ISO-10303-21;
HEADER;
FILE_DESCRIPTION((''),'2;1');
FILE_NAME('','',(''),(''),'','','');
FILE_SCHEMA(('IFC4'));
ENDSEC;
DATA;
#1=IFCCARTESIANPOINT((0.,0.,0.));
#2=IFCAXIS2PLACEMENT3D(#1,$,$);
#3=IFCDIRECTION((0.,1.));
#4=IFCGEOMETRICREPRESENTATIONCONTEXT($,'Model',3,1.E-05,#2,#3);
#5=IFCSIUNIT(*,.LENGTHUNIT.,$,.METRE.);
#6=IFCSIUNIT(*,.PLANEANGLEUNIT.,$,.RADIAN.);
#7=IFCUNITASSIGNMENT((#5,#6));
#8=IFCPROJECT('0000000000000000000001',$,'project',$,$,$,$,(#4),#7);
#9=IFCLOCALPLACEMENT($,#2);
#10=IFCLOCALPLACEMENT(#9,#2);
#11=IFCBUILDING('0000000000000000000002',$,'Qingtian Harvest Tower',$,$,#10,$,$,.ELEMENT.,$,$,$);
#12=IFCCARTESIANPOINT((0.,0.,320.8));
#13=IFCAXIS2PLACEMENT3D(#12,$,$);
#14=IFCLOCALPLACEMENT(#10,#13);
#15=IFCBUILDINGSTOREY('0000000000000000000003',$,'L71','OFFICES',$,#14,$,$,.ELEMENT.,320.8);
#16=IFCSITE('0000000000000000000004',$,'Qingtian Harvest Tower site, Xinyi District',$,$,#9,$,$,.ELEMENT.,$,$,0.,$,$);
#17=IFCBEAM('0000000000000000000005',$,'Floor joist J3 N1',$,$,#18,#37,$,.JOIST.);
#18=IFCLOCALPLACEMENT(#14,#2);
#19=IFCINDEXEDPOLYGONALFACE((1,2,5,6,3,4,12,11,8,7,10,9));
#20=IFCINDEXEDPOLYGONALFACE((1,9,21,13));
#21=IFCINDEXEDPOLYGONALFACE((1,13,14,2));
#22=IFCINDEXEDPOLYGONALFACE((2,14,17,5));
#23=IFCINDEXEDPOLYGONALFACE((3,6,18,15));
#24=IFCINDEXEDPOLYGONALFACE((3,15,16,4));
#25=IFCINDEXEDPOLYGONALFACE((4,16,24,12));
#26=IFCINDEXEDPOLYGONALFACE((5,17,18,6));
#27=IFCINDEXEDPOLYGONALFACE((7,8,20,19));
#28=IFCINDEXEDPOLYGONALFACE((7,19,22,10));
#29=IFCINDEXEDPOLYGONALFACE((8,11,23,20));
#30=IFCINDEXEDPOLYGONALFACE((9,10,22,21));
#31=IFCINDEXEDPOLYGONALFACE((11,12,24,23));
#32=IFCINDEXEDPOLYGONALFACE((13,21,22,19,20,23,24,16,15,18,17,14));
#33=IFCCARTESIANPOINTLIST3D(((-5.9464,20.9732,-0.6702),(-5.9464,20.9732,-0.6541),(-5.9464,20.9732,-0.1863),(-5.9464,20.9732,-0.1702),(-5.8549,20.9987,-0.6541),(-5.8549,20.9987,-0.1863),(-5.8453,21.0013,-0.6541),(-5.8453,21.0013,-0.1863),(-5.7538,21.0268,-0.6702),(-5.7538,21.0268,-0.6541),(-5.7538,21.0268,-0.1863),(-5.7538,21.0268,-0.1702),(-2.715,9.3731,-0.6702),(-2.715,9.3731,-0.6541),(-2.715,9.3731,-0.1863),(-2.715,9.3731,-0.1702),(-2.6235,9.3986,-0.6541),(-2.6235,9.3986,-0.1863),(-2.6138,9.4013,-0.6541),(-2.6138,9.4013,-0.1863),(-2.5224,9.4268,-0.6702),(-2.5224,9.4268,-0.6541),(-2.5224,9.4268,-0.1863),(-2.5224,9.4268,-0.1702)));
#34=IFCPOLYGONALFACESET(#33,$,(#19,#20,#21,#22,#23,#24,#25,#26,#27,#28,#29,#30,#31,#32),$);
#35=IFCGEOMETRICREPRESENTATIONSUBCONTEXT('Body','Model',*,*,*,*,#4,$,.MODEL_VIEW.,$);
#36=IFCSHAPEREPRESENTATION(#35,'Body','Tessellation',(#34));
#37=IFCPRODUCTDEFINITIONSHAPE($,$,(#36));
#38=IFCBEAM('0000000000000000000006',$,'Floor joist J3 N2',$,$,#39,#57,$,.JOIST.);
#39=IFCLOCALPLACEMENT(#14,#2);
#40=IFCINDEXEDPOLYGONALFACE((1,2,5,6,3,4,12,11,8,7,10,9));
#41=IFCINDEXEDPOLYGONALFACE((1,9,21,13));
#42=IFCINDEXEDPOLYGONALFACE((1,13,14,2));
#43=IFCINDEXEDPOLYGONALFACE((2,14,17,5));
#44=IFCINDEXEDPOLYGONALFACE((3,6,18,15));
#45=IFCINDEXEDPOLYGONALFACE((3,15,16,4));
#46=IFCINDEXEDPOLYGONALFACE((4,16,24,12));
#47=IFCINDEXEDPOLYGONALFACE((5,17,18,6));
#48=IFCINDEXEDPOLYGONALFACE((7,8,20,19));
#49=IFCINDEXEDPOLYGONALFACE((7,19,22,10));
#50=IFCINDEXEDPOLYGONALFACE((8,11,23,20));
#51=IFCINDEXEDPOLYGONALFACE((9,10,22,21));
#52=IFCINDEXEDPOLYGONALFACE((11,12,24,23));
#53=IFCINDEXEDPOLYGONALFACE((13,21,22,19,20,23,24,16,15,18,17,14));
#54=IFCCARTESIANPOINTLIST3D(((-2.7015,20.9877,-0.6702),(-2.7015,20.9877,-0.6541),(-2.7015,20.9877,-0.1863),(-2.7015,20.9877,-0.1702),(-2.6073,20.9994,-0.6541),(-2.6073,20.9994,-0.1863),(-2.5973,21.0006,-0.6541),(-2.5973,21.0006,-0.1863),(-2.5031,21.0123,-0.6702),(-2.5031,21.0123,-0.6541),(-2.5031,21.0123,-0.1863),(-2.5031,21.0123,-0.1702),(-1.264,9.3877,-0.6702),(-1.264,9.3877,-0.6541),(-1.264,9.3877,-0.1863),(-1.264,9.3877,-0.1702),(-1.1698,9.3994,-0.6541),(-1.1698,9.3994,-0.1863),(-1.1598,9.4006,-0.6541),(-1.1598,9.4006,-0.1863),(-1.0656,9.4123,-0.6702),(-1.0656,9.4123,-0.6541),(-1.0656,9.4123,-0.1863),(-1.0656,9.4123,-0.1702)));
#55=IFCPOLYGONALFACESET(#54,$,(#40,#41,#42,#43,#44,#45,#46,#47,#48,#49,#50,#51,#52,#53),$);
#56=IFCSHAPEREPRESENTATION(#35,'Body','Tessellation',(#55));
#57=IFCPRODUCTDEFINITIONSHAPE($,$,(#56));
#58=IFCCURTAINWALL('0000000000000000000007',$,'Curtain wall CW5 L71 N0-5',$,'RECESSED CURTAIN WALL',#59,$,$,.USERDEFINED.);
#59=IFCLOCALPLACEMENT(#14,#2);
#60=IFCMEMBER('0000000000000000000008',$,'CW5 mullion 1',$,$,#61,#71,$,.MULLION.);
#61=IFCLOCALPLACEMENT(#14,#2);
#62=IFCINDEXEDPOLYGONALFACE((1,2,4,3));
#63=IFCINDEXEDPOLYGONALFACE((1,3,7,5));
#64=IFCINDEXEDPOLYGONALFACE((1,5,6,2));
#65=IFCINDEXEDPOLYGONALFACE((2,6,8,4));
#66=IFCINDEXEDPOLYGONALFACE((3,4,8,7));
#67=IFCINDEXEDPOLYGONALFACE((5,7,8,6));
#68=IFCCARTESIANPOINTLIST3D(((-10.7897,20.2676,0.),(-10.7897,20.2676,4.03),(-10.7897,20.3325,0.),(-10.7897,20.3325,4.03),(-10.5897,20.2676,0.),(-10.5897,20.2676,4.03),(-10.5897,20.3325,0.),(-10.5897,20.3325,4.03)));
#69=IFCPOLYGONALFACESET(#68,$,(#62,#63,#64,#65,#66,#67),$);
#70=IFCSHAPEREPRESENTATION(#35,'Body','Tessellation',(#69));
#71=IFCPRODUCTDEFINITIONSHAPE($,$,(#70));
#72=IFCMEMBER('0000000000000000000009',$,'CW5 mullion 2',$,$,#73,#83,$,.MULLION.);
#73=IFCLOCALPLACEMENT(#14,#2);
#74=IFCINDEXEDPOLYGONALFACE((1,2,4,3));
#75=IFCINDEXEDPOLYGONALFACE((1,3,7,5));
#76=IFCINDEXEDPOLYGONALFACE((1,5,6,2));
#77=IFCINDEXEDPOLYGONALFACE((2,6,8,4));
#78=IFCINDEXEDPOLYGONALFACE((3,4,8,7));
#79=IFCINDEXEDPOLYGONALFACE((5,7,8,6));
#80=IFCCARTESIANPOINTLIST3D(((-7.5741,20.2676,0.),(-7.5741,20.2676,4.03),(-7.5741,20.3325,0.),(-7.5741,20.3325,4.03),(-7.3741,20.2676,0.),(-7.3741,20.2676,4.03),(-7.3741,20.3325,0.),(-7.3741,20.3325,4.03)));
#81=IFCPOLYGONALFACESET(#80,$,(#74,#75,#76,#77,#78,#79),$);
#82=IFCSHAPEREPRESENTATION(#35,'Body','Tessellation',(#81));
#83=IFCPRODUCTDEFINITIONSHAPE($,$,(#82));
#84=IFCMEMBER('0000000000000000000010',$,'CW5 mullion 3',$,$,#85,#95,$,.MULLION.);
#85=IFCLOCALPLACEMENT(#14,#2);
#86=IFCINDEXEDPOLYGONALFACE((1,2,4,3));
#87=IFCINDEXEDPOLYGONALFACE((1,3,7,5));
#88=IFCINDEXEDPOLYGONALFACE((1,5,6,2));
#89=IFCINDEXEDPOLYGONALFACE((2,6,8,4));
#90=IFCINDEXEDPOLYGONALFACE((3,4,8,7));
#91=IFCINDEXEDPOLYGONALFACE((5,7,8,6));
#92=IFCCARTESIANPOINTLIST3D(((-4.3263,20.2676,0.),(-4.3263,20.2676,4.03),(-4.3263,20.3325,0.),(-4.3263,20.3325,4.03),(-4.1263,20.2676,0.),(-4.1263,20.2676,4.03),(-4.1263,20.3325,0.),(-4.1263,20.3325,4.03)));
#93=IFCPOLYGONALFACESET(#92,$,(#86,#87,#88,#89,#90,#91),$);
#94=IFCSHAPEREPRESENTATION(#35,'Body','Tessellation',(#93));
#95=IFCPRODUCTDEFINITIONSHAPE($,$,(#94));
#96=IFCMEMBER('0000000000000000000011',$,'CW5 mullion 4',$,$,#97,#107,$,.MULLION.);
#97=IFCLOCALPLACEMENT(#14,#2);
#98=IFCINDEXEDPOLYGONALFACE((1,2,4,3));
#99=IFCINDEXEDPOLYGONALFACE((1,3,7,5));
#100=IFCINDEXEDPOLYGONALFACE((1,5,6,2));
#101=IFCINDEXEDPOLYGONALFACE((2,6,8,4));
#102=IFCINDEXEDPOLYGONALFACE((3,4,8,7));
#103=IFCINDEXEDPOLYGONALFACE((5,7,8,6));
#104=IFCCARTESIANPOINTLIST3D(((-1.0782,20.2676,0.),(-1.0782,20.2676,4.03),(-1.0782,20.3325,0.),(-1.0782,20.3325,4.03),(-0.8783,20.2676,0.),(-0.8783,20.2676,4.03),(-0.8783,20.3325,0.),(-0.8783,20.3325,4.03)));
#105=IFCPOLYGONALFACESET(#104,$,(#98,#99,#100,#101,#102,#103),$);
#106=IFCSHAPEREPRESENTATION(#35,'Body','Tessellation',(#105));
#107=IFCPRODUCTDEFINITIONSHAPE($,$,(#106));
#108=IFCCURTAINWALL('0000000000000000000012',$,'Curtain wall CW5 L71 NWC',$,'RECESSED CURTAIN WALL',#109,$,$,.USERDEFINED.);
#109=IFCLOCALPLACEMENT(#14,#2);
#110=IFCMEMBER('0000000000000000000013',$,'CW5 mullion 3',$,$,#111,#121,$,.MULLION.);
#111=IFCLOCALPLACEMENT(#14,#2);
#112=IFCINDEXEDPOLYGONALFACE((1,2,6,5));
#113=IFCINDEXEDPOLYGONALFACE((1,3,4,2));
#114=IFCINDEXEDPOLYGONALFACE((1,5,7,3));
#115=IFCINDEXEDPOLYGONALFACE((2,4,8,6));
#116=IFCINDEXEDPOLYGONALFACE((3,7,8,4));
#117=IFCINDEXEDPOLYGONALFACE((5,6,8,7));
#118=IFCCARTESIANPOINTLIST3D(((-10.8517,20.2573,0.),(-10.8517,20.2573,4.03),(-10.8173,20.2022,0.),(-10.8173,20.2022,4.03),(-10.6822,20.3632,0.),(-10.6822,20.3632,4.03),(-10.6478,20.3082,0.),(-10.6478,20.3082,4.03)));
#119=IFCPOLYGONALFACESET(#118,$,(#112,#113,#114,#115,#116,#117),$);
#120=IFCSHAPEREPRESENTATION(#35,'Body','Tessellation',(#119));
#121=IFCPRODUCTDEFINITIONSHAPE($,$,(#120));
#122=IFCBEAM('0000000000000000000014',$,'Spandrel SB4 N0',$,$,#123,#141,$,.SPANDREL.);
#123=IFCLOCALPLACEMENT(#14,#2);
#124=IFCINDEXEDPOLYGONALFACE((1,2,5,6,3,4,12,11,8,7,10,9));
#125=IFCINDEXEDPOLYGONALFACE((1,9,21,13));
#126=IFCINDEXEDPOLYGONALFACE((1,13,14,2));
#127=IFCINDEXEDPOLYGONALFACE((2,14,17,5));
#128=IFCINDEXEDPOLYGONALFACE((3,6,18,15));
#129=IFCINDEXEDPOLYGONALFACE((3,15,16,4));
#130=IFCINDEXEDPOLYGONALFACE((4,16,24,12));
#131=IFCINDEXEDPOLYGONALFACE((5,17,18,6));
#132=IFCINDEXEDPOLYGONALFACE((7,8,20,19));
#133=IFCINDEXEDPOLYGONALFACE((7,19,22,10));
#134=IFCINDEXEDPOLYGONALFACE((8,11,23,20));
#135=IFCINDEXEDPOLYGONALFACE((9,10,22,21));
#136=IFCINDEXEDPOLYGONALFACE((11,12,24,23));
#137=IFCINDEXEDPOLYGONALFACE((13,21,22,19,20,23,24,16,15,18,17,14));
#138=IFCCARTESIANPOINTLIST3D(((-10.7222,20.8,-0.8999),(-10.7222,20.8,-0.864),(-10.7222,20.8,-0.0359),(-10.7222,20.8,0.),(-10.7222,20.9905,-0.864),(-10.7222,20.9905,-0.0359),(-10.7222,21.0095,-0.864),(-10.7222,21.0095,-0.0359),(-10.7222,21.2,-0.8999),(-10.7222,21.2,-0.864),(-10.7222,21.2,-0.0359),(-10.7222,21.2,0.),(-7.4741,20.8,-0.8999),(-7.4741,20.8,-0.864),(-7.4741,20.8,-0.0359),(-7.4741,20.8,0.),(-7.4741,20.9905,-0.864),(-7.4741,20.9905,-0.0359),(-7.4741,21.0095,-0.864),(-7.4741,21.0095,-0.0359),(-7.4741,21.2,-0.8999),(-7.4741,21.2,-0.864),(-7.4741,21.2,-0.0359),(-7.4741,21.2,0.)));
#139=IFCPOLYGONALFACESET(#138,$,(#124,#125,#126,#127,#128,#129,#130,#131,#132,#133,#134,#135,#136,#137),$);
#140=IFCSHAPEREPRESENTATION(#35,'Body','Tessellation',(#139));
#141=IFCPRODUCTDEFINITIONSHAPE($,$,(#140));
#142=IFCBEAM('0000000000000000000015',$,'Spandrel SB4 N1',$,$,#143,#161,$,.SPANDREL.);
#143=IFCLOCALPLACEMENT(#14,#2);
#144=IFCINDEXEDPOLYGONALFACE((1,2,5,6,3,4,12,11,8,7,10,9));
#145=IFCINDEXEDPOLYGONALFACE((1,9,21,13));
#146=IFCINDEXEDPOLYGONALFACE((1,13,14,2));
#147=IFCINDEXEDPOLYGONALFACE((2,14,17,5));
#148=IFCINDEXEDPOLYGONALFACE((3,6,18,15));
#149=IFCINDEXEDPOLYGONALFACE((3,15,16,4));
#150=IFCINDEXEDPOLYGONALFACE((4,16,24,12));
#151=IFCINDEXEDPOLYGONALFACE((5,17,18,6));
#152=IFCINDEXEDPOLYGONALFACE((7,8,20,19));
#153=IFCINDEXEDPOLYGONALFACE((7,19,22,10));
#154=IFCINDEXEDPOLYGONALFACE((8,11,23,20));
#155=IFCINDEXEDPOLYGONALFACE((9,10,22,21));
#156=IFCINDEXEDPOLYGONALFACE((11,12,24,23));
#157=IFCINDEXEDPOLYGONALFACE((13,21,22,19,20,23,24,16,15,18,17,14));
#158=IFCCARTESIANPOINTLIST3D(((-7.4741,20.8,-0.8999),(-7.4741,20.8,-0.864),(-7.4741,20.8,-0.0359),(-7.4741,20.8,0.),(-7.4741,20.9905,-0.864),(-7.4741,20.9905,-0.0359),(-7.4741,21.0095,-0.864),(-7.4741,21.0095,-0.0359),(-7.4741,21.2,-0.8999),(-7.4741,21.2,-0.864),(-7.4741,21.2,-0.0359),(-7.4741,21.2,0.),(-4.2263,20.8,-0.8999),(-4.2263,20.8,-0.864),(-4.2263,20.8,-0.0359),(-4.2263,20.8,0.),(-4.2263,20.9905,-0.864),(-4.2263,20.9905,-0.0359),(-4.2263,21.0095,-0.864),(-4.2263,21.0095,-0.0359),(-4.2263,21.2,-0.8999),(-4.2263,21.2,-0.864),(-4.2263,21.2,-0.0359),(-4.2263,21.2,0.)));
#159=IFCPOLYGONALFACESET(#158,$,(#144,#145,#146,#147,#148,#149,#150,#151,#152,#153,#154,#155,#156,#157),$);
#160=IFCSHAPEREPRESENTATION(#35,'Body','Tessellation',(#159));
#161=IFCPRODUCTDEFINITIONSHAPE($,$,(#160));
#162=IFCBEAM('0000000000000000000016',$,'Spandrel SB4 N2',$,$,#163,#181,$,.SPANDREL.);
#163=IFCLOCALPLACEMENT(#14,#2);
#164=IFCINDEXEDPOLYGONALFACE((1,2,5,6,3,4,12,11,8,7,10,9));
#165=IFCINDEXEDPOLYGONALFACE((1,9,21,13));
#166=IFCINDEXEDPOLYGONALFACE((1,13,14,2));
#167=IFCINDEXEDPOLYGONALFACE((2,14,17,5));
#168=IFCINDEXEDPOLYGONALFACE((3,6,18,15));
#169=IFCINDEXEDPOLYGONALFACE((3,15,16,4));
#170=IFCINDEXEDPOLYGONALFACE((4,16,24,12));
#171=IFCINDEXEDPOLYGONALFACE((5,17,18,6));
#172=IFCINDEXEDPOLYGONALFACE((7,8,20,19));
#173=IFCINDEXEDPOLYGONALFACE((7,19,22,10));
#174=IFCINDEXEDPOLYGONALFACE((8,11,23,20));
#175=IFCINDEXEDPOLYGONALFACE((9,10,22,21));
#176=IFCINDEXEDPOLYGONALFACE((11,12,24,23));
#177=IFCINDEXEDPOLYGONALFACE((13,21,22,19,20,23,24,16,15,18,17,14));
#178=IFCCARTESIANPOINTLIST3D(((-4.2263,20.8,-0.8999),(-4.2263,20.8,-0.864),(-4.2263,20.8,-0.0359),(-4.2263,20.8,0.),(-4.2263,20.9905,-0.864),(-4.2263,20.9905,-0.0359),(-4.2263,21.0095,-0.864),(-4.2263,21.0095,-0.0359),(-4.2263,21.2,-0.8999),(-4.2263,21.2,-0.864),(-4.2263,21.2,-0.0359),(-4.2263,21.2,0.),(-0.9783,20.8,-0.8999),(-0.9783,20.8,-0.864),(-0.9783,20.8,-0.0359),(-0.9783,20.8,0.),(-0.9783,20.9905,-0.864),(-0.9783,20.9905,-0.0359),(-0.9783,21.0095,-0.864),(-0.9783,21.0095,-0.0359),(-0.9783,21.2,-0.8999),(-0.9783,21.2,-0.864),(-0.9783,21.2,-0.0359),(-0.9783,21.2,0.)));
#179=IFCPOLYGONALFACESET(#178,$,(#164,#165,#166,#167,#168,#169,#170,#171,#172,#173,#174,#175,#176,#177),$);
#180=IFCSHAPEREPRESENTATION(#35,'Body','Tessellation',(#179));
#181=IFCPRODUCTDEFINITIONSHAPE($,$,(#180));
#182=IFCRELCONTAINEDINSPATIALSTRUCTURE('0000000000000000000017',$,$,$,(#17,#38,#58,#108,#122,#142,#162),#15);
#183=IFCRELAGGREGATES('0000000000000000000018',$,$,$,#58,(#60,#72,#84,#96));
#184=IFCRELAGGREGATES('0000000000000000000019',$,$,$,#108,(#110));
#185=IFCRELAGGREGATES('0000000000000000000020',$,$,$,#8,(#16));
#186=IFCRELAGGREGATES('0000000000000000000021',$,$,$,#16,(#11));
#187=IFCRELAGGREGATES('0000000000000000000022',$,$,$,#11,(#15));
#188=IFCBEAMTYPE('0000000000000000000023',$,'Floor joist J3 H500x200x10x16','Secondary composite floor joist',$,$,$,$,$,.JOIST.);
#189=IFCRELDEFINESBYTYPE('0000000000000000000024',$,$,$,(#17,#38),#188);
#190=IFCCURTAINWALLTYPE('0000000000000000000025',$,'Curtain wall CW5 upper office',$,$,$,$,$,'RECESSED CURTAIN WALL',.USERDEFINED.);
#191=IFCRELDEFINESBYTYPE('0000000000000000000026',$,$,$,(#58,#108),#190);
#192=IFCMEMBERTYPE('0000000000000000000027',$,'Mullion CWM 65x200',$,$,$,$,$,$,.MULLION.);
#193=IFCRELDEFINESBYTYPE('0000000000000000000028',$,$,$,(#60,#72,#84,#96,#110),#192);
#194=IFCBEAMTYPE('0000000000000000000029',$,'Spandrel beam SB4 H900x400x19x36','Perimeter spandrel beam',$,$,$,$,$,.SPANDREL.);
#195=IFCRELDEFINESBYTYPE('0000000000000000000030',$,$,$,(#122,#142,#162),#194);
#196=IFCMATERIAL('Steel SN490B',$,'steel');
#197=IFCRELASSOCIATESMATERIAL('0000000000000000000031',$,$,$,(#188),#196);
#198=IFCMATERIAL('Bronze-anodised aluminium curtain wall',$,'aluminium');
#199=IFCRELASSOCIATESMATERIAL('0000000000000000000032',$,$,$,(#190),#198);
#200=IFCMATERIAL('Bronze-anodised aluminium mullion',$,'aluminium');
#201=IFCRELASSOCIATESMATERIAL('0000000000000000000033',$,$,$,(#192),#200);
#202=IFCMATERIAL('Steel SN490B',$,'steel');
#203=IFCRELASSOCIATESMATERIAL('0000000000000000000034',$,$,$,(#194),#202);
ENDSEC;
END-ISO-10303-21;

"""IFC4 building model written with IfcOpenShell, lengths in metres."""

from ifc_helpers import new_model, si_unit, direction, frame, origin, origin_2d, place, context, subcontext, project, spatial, rectangle, i_section, extrude, material, material_profile, profile_set, type_object, element, aggregate, save


model = new_model("IFC4")

# Units and contexts
model_context = context("Model", 3, precision=1e-05, world=origin(), true_north=direction((0.0, 1.0)))
body_context = subcontext(model_context, "Body", "Model", "MODEL_VIEW")
ifc_project = project(units=[si_unit("LENGTHUNIT", "METRE"), si_unit("PLANEANGLEUNIT", "RADIAN")], contexts=[model_context])

# Site, building, storey
site_placement = place(None, origin())
site = spatial("IfcSite", under=ifc_project, at=site_placement, Name="Qingtian Harvest Tower site, Xinyi District", CompositionType="ELEMENT", RefElevation=0.0)
building_placement = place(site_placement, origin())
building = spatial("IfcBuilding", under=site, at=building_placement, Name="Qingtian Harvest Tower", CompositionType="ELEMENT")
storey_placement = place(building_placement, frame((0.0, 0.0, 320.8)))
storey = spatial("IfcBuildingStorey", under=building, at=storey_placement, Name="L71", Description="OFFICES", CompositionType="ELEMENT", Elevation=320.8)

# Beams
ifc_material_1 = material(Name="Steel SN490B", Category="steel")
ifc_material_profile_1 = material_profile(ifc_material_1, i_section(OverallWidth=0.2, OverallDepth=0.5, WebThickness=0.01, FlangeThickness=0.0161, at=origin_2d()), Name="H500x200x10x16")
ifc_profile_set_1 = profile_set([ifc_material_profile_1], Name="Steel SN490B")
beam_type_1 = type_object("IfcBeamType", Name="Floor joist J3 H500x200x10x16", Description="Secondary composite floor joist", PredefinedType="JOIST", material=ifc_profile_set_1)
beam_1_placement = place(storey_placement, frame((-5.8501, 21.0, -0.4202), z_axis=(0.268353, -0.963321, 0.0), x_axis=(0.963321, 0.268353, 0.0)))
element("IfcBeam", 1, at=beam_1_placement, inside=storey, type_object=beam_type_1, Name="Floor joist J3 N1", PredefinedType="JOIST", context=body_context, shape_type="SweptSolid", body=[
    extrude(i_section(OverallWidth=0.2, OverallDepth=0.5, WebThickness=0.01, FlangeThickness=0.0161, at=origin_2d()), origin(), (0.0, 0.0, 1.0), 12.0417),
])
beam_2_placement = place(storey_placement, frame((-2.6023, 21.0, -0.4202), z_axis=(0.122981, -0.992409, 0.0), x_axis=(0.992409, 0.122981, 0.0)))
element("IfcBeam", 2, at=beam_2_placement, inside=storey, type_object=beam_type_1, Name="Floor joist J3 N2", PredefinedType="JOIST", context=body_context, shape_type="SweptSolid", body=[
    extrude(i_section(OverallWidth=0.2, OverallDepth=0.5, WebThickness=0.01, FlangeThickness=0.0161, at=origin_2d()), origin(), (0.0, 0.0, 1.0), 11.6887),
])

# Curtain wall, members
ifc_material_2 = material(Name="Bronze-anodised aluminium curtain wall", Category="aluminium")
curtain_wall_type = type_object("IfcCurtainWallType", Name="Curtain wall CW5 upper office", ElementType="RECESSED CURTAIN WALL", PredefinedType="USERDEFINED", material=ifc_material_2)
curtain_wall_1_placement = place(storey_placement, origin())
curtain_wall_1 = element("IfcCurtainWall", 3, at=curtain_wall_1_placement, inside=storey, type_object=curtain_wall_type, Name="Curtain wall CW5 L71 N0-5", ObjectType="RECESSED CURTAIN WALL", PredefinedType="USERDEFINED")
ifc_material_3 = material(Name="Bronze-anodised aluminium mullion", Category="aluminium")
ifc_material_profile_2 = material_profile(ifc_material_3, rectangle(XDim=0.0649, YDim=0.2, at=origin_2d()), Name="AL 65x200")
ifc_profile_set_2 = profile_set([ifc_material_profile_2], Name="Bronze-anodised aluminium mullion")
member_type_1 = type_object("IfcMemberType", Name="Mullion CWM 65x200", PredefinedType="MULLION", material=ifc_profile_set_2)
member_1_placement = place(storey_placement, frame((-10.6897, 20.3, 0.0), z_axis=(0.0, 0.0, 1.0), x_axis=(0.0, 1.0, 0.0)))
member_1 = element("IfcMember", 4, at=member_1_placement, type_object=member_type_1, Name="CW5 mullion 1", PredefinedType="MULLION", context=body_context, shape_type="SweptSolid", body=[
    extrude(rectangle(XDim=0.0649, YDim=0.2, at=origin_2d()), origin(), (0.0, 0.0, 1.0), 4.03),
])
member_2_placement = place(storey_placement, frame((-7.4741, 20.3, 0.0), z_axis=(0.0, 0.0, 1.0), x_axis=(0.0, 1.0, 0.0)))
member_2 = element("IfcMember", 5, at=member_2_placement, type_object=member_type_1, Name="CW5 mullion 2", PredefinedType="MULLION", context=body_context, shape_type="SweptSolid", body=[
    extrude(rectangle(XDim=0.0649, YDim=0.2, at=origin_2d()), origin(), (0.0, 0.0, 1.0), 4.03),
])
member_3_placement = place(storey_placement, frame((-4.2263, 20.3, 0.0), z_axis=(0.0, 0.0, 1.0), x_axis=(0.0, 1.0, 0.0)))
member_3 = element("IfcMember", 6, at=member_3_placement, type_object=member_type_1, Name="CW5 mullion 3", PredefinedType="MULLION", context=body_context, shape_type="SweptSolid", body=[
    extrude(rectangle(XDim=0.0649, YDim=0.2, at=origin_2d()), origin(), (0.0, 0.0, 1.0), 4.03),
])
member_4_placement = place(storey_placement, frame((-0.9783, 20.3, 0.0), z_axis=(0.0, 0.0, 1.0), x_axis=(0.0, 1.0, 0.0)))
member_4 = element("IfcMember", 7, at=member_4_placement, type_object=member_type_1, Name="CW5 mullion 4", PredefinedType="MULLION", context=body_context, shape_type="SweptSolid", body=[
    extrude(rectangle(XDim=0.0649, YDim=0.2, at=origin_2d()), origin(), (0.0, 0.0, 1.0), 4.03),
])

# Curtain wall, member
curtain_wall_2_placement = place(storey_placement, origin())
curtain_wall_2 = element("IfcCurtainWall", 8, at=curtain_wall_2_placement, inside=storey, type_object=curtain_wall_type, Name="Curtain wall CW5 L71 NWC", ObjectType="RECESSED CURTAIN WALL", PredefinedType="USERDEFINED")
member_5_placement = place(storey_placement, frame((-10.7498, 20.2827, 0.0), z_axis=(0.0, 0.0, 1.0), x_axis=(-0.529919, 0.848048, 0.0)))
member_5 = element("IfcMember", 9, at=member_5_placement, type_object=member_type_1, Name="CW5 mullion 3", PredefinedType="MULLION", context=body_context, shape_type="SweptSolid", body=[
    extrude(rectangle(XDim=0.0649, YDim=0.2, at=origin_2d()), origin(), (0.0, 0.0, 1.0), 4.03),
])

# Beams
ifc_material_4 = material(Name="Steel SN490B", Category="steel")
ifc_material_profile_3 = material_profile(ifc_material_4, i_section(OverallWidth=0.3999, OverallDepth=0.8999, WebThickness=0.019, FlangeThickness=0.0359, at=origin_2d()), Name="H900x400x19x36")
ifc_profile_set_3 = profile_set([ifc_material_profile_3], Name="Steel SN490B")
beam_type_2 = type_object("IfcBeamType", Name="Spandrel beam SB4 H900x400x19x36", Description="Perimeter spandrel beam", PredefinedType="SPANDREL", material=ifc_profile_set_3)
beam_3_placement = place(storey_placement, frame((-10.7222, 21.0, -0.45), z_axis=(1.0, 0.0, 0.0), x_axis=(0.0, 1.0, 0.0)))
element("IfcBeam", 10, at=beam_3_placement, inside=storey, type_object=beam_type_2, Name="Spandrel SB4 N0", PredefinedType="SPANDREL", context=body_context, shape_type="SweptSolid", body=[
    extrude(i_section(OverallWidth=0.3999, OverallDepth=0.8999, WebThickness=0.019, FlangeThickness=0.0359, at=origin_2d()), origin(), (0.0, 0.0, 1.0), 3.248),
])
beam_4_placement = place(storey_placement, frame((-7.4741, 21.0, -0.45), z_axis=(1.0, 0.0, 0.0), x_axis=(0.0, 1.0, 0.0)))
element("IfcBeam", 11, at=beam_4_placement, inside=storey, type_object=beam_type_2, Name="Spandrel SB4 N1", PredefinedType="SPANDREL", context=body_context, shape_type="SweptSolid", body=[
    extrude(i_section(OverallWidth=0.3999, OverallDepth=0.8999, WebThickness=0.019, FlangeThickness=0.0359, at=origin_2d()), origin(), (0.0, 0.0, 1.0), 3.2478),
])
for number, where, z_axis, x_axis, name in (
    (12, (-4.2263, 21.0, -0.45), (1.0, 0.0, 0.0), (0.0, 1.0, 0.0), "Spandrel SB4 N2"),
):
    element("IfcBeam", number, at=place(storey_placement, frame(where, z_axis=z_axis, x_axis=x_axis)), inside=storey, type_object=beam_type_2, Name=name, PredefinedType="SPANDREL", context=body_context, shape_type="SweptSolid", body=[
        extrude(i_section(OverallWidth=0.3999, OverallDepth=0.8999, WebThickness=0.019, FlangeThickness=0.0359, at=origin_2d()), origin(), (0.0, 0.0, 1.0), 3.248),
    ])

aggregate(curtain_wall_1, [member_1, member_2, member_3, member_4])
aggregate(curtain_wall_2, [member_5])

save(model, "model.ifc")
